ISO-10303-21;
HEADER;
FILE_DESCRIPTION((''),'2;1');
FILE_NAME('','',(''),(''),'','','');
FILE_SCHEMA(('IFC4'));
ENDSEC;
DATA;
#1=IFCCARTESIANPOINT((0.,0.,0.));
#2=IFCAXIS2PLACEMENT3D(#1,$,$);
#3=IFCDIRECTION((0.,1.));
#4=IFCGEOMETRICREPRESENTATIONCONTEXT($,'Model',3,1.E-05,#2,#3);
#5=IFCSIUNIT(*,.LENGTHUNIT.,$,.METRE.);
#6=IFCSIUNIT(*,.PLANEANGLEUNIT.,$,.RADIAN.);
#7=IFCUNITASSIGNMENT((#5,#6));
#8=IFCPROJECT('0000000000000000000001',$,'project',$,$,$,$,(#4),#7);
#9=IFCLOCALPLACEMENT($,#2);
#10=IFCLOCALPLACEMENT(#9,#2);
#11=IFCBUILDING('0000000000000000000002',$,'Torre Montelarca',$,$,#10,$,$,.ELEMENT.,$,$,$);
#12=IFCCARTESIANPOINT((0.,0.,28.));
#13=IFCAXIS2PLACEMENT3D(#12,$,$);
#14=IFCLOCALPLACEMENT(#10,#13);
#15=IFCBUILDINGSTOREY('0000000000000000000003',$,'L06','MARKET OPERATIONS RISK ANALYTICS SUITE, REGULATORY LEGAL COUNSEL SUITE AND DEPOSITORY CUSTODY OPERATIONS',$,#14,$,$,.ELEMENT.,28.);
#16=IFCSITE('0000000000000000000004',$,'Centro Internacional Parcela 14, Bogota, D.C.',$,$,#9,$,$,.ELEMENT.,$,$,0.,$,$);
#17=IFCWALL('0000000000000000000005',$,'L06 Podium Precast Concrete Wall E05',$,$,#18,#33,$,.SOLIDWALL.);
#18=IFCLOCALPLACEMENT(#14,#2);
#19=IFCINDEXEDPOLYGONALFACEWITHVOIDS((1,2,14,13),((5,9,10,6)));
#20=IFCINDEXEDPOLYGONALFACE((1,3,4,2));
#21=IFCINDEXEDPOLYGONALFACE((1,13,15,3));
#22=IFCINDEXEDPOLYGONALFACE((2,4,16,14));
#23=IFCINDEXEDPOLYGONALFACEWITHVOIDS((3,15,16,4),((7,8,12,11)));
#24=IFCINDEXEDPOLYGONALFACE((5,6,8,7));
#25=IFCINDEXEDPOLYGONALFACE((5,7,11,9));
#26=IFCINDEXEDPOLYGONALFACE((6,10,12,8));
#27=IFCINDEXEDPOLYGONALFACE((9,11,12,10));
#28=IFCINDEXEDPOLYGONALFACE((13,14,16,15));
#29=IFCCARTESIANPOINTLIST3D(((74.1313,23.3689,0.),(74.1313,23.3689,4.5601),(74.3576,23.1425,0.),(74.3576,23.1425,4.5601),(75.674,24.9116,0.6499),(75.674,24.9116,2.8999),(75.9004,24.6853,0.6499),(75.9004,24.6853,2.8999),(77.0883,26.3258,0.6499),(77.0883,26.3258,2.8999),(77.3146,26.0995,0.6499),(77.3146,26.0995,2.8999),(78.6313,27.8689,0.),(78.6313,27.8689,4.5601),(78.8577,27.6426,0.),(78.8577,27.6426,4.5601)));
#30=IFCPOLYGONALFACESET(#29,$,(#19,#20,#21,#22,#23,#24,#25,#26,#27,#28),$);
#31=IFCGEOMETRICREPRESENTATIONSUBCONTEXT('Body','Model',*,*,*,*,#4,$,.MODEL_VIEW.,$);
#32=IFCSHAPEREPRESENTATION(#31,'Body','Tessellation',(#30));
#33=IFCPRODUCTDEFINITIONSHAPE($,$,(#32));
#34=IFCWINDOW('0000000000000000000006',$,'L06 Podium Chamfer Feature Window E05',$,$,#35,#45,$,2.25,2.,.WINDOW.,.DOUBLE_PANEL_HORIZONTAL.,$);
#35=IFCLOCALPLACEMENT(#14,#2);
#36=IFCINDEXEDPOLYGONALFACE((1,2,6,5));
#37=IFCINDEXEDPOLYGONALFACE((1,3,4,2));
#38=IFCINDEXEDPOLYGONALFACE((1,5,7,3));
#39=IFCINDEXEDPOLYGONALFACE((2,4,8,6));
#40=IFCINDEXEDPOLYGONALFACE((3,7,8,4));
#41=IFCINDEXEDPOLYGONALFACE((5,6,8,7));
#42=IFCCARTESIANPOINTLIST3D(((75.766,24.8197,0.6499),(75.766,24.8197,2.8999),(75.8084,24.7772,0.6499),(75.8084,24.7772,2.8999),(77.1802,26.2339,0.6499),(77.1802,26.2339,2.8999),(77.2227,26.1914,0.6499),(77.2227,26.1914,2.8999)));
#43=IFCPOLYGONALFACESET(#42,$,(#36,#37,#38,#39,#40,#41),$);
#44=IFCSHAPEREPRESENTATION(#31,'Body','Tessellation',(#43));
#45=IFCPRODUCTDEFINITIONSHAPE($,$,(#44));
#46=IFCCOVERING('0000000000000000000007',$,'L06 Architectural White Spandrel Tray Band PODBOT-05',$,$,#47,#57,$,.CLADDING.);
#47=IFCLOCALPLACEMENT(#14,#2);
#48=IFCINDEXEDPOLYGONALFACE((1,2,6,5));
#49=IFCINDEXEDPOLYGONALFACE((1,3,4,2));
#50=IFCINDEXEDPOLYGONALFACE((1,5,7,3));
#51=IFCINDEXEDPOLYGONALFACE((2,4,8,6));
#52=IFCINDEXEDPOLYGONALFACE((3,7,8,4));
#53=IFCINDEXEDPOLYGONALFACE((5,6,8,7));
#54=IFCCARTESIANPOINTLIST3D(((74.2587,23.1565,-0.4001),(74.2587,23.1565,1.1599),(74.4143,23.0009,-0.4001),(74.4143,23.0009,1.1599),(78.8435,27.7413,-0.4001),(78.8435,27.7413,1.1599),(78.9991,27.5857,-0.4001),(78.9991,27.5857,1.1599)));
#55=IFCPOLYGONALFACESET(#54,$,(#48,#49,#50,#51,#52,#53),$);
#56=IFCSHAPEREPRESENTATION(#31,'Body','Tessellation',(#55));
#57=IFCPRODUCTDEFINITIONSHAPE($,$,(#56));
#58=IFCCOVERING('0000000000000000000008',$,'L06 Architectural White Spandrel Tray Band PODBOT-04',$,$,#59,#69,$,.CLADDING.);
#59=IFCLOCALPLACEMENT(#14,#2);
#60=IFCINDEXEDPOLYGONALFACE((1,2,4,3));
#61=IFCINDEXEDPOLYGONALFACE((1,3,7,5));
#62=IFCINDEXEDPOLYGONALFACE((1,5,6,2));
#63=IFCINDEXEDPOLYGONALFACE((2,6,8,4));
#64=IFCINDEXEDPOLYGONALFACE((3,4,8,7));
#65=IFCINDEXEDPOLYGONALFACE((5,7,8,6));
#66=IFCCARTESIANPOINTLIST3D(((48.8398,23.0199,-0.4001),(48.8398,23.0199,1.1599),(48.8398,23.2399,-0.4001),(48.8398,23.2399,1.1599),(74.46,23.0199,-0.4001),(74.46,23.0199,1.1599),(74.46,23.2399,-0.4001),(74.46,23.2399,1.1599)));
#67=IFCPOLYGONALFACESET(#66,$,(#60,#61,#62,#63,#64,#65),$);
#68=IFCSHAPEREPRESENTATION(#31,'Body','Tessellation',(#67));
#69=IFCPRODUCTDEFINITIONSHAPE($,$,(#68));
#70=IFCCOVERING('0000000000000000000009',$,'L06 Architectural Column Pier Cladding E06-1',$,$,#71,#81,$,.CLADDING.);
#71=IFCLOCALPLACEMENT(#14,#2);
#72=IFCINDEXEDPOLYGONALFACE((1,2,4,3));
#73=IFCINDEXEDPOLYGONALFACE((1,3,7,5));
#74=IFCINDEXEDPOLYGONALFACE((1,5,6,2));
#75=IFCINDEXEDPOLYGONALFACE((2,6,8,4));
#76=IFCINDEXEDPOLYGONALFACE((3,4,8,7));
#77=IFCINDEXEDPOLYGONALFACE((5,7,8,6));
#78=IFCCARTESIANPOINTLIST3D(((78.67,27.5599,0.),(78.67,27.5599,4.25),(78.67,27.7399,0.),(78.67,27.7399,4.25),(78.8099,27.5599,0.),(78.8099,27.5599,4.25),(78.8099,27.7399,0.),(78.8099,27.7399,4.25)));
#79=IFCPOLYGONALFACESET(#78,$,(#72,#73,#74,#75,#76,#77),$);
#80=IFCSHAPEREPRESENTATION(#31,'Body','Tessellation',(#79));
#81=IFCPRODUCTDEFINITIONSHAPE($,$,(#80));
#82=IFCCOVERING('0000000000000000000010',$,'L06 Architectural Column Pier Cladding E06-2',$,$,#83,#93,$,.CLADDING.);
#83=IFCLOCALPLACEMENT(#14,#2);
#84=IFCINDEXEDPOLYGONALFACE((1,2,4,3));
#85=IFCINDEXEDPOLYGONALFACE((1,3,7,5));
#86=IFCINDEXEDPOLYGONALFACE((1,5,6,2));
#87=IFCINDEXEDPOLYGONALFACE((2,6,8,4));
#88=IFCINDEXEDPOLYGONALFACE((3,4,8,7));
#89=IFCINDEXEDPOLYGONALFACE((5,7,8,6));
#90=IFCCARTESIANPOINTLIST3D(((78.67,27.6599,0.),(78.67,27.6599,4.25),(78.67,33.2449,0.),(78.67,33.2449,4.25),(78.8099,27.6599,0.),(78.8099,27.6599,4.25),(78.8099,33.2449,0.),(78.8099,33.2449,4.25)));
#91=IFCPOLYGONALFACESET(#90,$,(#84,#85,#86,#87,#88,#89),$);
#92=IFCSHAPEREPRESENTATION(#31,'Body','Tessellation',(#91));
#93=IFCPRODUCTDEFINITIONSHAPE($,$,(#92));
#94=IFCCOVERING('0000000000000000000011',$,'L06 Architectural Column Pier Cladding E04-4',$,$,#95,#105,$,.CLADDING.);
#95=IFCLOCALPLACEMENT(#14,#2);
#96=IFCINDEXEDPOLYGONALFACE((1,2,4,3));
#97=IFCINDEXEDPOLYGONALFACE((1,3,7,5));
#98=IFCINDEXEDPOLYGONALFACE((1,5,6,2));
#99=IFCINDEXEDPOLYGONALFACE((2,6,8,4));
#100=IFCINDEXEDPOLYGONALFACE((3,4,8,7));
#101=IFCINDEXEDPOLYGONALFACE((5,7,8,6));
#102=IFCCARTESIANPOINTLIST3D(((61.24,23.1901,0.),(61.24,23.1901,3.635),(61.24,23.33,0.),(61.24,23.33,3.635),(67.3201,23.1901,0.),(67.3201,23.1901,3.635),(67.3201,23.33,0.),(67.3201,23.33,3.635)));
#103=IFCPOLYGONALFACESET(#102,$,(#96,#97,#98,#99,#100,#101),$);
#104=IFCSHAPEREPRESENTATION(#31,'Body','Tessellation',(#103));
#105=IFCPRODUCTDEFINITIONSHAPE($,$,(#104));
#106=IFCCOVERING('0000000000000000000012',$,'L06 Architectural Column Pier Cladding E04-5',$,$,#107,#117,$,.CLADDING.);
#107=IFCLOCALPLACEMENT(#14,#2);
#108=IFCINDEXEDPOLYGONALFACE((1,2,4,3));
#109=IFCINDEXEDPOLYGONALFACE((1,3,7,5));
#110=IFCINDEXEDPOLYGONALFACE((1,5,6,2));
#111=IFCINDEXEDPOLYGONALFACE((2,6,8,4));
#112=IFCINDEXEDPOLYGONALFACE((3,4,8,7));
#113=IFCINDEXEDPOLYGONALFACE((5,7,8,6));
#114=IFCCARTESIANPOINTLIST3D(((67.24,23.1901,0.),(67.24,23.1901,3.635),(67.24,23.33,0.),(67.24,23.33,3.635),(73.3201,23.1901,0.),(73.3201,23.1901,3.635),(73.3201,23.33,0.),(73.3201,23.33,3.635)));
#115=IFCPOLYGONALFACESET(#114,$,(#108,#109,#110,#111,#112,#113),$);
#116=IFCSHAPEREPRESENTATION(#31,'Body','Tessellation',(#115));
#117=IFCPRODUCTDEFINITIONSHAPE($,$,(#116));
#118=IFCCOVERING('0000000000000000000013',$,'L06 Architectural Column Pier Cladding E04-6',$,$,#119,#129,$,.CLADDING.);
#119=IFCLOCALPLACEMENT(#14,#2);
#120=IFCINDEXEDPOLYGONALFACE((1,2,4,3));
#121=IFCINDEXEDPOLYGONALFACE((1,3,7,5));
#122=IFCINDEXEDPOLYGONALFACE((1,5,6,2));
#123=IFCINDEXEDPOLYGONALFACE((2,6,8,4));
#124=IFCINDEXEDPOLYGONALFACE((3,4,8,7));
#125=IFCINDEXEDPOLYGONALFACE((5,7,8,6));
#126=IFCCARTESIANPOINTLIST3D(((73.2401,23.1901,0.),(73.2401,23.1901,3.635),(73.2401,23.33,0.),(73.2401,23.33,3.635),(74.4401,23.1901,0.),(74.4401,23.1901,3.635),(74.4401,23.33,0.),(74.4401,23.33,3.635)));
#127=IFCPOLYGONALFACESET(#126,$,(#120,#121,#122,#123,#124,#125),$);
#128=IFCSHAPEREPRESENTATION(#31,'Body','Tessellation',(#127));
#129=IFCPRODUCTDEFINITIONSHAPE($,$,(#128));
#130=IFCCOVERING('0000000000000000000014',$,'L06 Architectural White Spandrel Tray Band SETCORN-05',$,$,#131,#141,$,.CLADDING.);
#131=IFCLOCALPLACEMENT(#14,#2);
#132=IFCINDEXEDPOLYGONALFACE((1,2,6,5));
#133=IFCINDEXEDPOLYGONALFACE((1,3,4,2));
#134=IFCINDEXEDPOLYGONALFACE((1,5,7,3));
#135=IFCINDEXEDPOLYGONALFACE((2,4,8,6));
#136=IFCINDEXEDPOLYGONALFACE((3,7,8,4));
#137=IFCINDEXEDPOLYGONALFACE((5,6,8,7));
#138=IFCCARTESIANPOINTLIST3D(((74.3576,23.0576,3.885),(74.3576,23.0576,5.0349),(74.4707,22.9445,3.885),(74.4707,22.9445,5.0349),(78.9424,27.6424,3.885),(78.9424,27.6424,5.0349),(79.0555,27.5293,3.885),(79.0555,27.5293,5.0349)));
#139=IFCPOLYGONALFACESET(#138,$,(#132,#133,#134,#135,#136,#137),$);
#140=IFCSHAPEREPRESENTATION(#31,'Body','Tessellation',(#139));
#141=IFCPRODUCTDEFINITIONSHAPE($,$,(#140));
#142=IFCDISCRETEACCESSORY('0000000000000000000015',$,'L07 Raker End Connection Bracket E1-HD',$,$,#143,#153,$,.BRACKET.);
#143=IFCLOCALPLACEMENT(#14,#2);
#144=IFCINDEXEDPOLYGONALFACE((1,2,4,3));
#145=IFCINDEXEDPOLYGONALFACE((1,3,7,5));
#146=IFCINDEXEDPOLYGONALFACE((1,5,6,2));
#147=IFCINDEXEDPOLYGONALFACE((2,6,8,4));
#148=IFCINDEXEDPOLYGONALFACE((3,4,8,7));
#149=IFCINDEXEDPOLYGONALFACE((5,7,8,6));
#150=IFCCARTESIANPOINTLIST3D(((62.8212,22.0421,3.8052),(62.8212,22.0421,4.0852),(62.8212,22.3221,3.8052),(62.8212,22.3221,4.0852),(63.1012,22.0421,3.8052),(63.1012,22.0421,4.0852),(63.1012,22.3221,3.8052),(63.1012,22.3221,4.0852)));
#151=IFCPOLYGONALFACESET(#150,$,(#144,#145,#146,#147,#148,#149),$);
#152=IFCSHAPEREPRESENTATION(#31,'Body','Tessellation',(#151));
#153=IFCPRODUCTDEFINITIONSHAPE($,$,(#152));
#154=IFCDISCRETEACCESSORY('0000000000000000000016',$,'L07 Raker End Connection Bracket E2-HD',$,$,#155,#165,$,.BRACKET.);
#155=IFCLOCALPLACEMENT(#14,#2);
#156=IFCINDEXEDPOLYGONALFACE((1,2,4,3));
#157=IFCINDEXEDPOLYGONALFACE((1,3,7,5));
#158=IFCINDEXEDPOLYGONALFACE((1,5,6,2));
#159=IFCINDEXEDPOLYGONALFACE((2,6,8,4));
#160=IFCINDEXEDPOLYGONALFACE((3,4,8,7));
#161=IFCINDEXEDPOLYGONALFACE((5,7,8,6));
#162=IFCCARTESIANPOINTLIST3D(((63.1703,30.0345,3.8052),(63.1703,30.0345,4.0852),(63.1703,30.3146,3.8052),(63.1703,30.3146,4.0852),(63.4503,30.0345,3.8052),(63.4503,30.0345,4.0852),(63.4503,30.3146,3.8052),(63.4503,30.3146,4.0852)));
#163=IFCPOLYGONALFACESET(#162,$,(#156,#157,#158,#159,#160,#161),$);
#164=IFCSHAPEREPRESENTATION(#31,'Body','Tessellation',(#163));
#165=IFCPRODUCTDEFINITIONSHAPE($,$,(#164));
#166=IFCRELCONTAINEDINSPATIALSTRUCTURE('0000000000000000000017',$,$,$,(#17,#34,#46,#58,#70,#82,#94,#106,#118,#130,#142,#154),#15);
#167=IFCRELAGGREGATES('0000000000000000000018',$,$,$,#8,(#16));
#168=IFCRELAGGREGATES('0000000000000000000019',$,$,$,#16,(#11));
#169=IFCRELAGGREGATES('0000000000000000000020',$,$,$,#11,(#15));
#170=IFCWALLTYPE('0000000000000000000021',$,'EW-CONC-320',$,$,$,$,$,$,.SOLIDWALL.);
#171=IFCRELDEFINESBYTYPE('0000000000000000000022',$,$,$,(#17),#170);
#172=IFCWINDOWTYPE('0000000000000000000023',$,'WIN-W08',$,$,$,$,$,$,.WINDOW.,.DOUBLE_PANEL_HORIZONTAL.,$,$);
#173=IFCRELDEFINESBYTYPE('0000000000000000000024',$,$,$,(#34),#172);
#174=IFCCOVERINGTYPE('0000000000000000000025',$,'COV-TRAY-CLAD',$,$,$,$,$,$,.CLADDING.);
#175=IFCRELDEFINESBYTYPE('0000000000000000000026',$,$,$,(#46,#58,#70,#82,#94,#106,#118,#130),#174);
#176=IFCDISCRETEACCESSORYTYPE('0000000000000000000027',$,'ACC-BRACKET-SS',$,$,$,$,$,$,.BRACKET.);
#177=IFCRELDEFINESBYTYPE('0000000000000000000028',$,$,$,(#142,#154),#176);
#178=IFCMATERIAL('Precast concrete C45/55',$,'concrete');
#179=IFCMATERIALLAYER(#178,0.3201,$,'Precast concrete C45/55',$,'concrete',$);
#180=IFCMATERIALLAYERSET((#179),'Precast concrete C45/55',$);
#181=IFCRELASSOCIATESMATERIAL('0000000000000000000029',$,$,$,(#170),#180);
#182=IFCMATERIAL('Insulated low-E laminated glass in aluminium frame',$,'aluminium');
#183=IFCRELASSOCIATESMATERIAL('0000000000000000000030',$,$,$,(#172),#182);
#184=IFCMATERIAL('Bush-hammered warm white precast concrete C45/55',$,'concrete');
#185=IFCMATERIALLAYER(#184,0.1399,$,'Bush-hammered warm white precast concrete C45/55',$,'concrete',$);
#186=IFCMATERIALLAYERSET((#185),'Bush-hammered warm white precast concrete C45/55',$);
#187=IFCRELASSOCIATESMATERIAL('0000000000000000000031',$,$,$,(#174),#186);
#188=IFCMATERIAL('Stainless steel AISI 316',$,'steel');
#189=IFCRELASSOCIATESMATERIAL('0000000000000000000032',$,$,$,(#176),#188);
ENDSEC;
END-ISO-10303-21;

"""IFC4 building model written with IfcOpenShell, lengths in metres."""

from ifc_helpers import new_model, si_unit, direction, frame, frame_2d, origin, origin_2d, place, context, subcontext, project, spatial, rectangle, extrude, source, transform, mapped, material, layer, layer_set, type_object, element, fill, save


model = new_model("IFC4")

# Units and contexts
model_context = context("Model", 3, precision=1e-05, world=origin(), true_north=direction((0.0, 1.0)))
body_context = subcontext(model_context, "Body", "Model", "MODEL_VIEW")
ifc_project = project(units=[si_unit("LENGTHUNIT", "METRE"), si_unit("PLANEANGLEUNIT", "RADIAN")], contexts=[model_context])

# Site, building, storey
site_placement = place(None, origin())
site = spatial("IfcSite", under=ifc_project, at=site_placement, Name="Centro Internacional Parcela 14, Bogota, D.C.", CompositionType="ELEMENT", RefElevation=0.0)
building_placement = place(site_placement, origin())
building = spatial("IfcBuilding", under=site, at=building_placement, Name="Torre Montelarca", CompositionType="ELEMENT")
storey_placement = place(building_placement, frame((0.0, 0.0, 28.0)))
storey = spatial("IfcBuildingStorey", under=building, at=storey_placement, Name="L06", Description="MARKET OPERATIONS RISK ANALYTICS SUITE, REGULATORY LEGAL COUNSEL SUITE AND DEPOSITORY CUSTODY OPERATIONS", CompositionType="ELEMENT", Elevation=28.0)

# Wall, opening, window
ifc_material_1 = material(Name="Precast concrete C45/55", Category="concrete")
ifc_layer_1 = layer(ifc_material_1, 0.3201, Name="Precast concrete C45/55", Category="concrete")
ifc_layer_set_1 = layer_set([ifc_layer_1], Name="Precast concrete C45/55")
wall_type = type_object("IfcWallType", Name="EW-CONC-320", PredefinedType="SOLIDWALL", material=ifc_layer_set_1)
wall_placement = place(storey_placement, frame((74.2444, 23.2556, 0.0), z_axis=(0.0, 0.0, 1.0), x_axis=(0.707107, 0.707107, 0.0)))
wall = element("IfcWall", 1, at=wall_placement, inside=storey, type_object=wall_type, Name="L06 Podium Precast Concrete Wall E05", PredefinedType="SOLIDWALL", context=body_context, shape_type="SweptSolid", body=[
    extrude(rectangle(XDim=6.364, YDim=0.3201, at=frame_2d((3.1821, 0.0))), origin(), (0.0, 0.0, 1.0), 4.5601),
])
opening_placement = place(wall_placement, frame((2.1819, 0.0, 0.6499)))
opening = element("IfcOpeningElement", 2, at=opening_placement, cuts=wall, PredefinedType="OPENING", context=body_context, shape_type="SweptSolid", body=[
    extrude(rectangle(XDim=2.0, YDim=2.25, at=frame_2d((1.0, 1.125))), frame((0.0, 0.1699, 0.0), z_axis=(0.0, -1.0, 0.0), x_axis=(1.0, 0.0, 0.0)), (0.0, 0.0, 1.0), 0.3401),
])
ifc_material_2 = material(Name="Insulated low-E laminated glass in aluminium frame", Category="aluminium")
window_type = type_object("IfcWindowType", Name="WIN-W08", PartitioningType="DOUBLE_PANEL_HORIZONTAL", PredefinedType="WINDOW", material=ifc_material_2)
shared_shape_1 = source(origin(), body_context, "Body", "SweptSolid", [
    extrude(rectangle(XDim=2.0, YDim=2.25, at=frame_2d((1.0, 1.125))), frame((0.0, 0.03, 0.0), z_axis=(0.0, -1.0, 0.0), x_axis=(1.0, 0.0, 0.0)), (0.0, 0.0, 1.0), 0.0601),
])
window_placement = place(opening_placement, origin())
window = element("IfcWindow", 3, at=window_placement, inside=storey, type_object=window_type, Name="L06 Podium Chamfer Feature Window E05", OverallHeight=2.25, OverallWidth=2.0, PartitioningType="DOUBLE_PANEL_HORIZONTAL", PredefinedType="WINDOW", context=body_context, shape_type="MappedRepresentation", body=[
    mapped(shared_shape_1, transform((0.0, 0.0, 0.0), scale=1.0)),
])
fill(opening, window)

# Coverings
ifc_material_3 = material(Name="Bush-hammered warm white precast concrete C45/55", Category="concrete")
ifc_layer_2 = layer(ifc_material_3, 0.1399, Name="Bush-hammered warm white precast concrete C45/55", Category="concrete")
ifc_layer_set_2 = layer_set([ifc_layer_2], Name="Bush-hammered warm white precast concrete C45/55")
covering_type = type_object("IfcCoveringType", Name="COV-TRAY-CLAD", PredefinedType="CLADDING", material=ifc_layer_set_2)
shared_shape_2 = source(origin(), body_context, "Body", "SweptSolid", [
    extrude(rectangle(XDim=6.4839, YDim=0.22, at=origin_2d()), origin(), (0.0, 0.0, 1.0), 1.5601),
])
covering_1_placement = place(storey_placement, frame((76.6289, 25.3711, -0.4001), z_axis=(0.0, 0.0, 1.0), x_axis=(0.707107, 0.707107, 0.0)))
element("IfcCovering", 4, at=covering_1_placement, inside=storey, type_object=covering_type, Name="L06 Architectural White Spandrel Tray Band PODBOT-05", PredefinedType="CLADDING", context=body_context, shape_type="MappedRepresentation", body=[
    mapped(shared_shape_2, transform((0.0, 0.0, 0.0), scale=1.0)),
])
shared_shape_3 = source(origin(), body_context, "Body", "SweptSolid", [
    extrude(rectangle(XDim=25.6201, YDim=0.22, at=origin_2d()), origin(), (0.0, 0.0, 1.0), 1.5601),
])
covering_2_placement = place(storey_placement, frame((61.6499, 23.1299, -0.4001), z_axis=(0.0, 0.0, 1.0), x_axis=(1.0, 0.0, 0.0)))
element("IfcCovering", 5, at=covering_2_placement, inside=storey, type_object=covering_type, Name="L06 Architectural White Spandrel Tray Band PODBOT-04", PredefinedType="CLADDING", context=body_context, shape_type="MappedRepresentation", body=[
    mapped(shared_shape_3, transform((0.0, 0.0, 0.0), scale=1.0)),
])
shared_shape_4 = source(origin(), body_context, "Body", "SweptSolid", [
    extrude(rectangle(XDim=0.1799, YDim=0.1399, at=origin_2d()), origin(), (0.0, 0.0, 1.0), 4.25),
])
covering_3_placement = place(storey_placement, frame((78.74, 27.6499, 0.0), z_axis=(0.0, 0.0, 1.0), x_axis=(0.0, 1.0, 0.0)))
element("IfcCovering", 6, at=covering_3_placement, inside=storey, type_object=covering_type, Name="L06 Architectural Column Pier Cladding E06-1", PredefinedType="CLADDING", context=body_context, shape_type="MappedRepresentation", body=[
    mapped(shared_shape_4, transform((0.0, 0.0, 0.0), scale=1.0)),
])
shared_shape_5 = source(origin(), body_context, "Body", "SweptSolid", [
    extrude(rectangle(XDim=5.585, YDim=0.1399, at=origin_2d()), origin(), (0.0, 0.0, 1.0), 4.25),
])
covering_4_placement = place(storey_placement, frame((78.74, 30.4524, 0.0), z_axis=(0.0, 0.0, 1.0), x_axis=(0.0, 1.0, 0.0)))
element("IfcCovering", 7, at=covering_4_placement, inside=storey, type_object=covering_type, Name="L06 Architectural Column Pier Cladding E06-2", PredefinedType="CLADDING", context=body_context, shape_type="MappedRepresentation", body=[
    mapped(shared_shape_5, transform((0.0, 0.0, 0.0), scale=1.0)),
])
shared_shape_6 = source(origin(), body_context, "Body", "SweptSolid", [
    extrude(rectangle(XDim=6.0801, YDim=0.1399, at=origin_2d()), origin(), (0.0, 0.0, 1.0), 3.635),
])
for number, where, z_axis, x_axis, name in (
    (8, (64.28, 23.26, 0.0), (0.0, 0.0, 1.0), (1.0, 0.0, 0.0), "L06 Architectural Column Pier Cladding E04-4"),
    (9, (70.28, 23.26, 0.0), (0.0, 0.0, 1.0), (1.0, 0.0, 0.0), "L06 Architectural Column Pier Cladding E04-5"),
):
    element("IfcCovering", number, at=place(storey_placement, frame(where, z_axis=z_axis, x_axis=x_axis)), inside=storey, type_object=covering_type, Name=name, PredefinedType="CLADDING", context=body_context, shape_type="MappedRepresentation", body=[
        mapped(shared_shape_6, transform((0.0, 0.0, 0.0), scale=1.0)),
    ])
shared_shape_7 = source(origin(), body_context, "Body", "SweptSolid", [
    extrude(rectangle(XDim=1.2, YDim=0.1399, at=origin_2d()), origin(), (0.0, 0.0, 1.0), 3.635),
])
covering_5_placement = place(storey_placement, frame((73.8401, 23.26, 0.0), z_axis=(0.0, 0.0, 1.0), x_axis=(1.0, 0.0, 0.0)))
element("IfcCovering", 10, at=covering_5_placement, inside=storey, type_object=covering_type, Name="L06 Architectural Column Pier Cladding E04-6", PredefinedType="CLADDING", context=body_context, shape_type="MappedRepresentation", body=[
    mapped(shared_shape_7, transform((0.0, 0.0, 0.0), scale=1.0)),
])
shared_shape_8 = source(origin(), body_context, "Body", "SweptSolid", [
    extrude(rectangle(XDim=6.4839, YDim=0.1599, at=origin_2d()), origin(), (0.0, 0.0, 1.0), 1.1499),
])
covering_6_placement = place(storey_placement, frame((76.7065, 25.2935, 3.885), z_axis=(0.0, 0.0, 1.0), x_axis=(0.707107, 0.707107, 0.0)))
element("IfcCovering", 11, at=covering_6_placement, inside=storey, type_object=covering_type, Name="L06 Architectural White Spandrel Tray Band SETCORN-05", PredefinedType="CLADDING", context=body_context, shape_type="MappedRepresentation", body=[
    mapped(shared_shape_8, transform((0.0, 0.0, 0.0), scale=1.0)),
])

# Discrete accessories
ifc_material_4 = material(Name="Stainless steel AISI 316", Category="steel")
discrete_accessory_type = type_object("IfcDiscreteAccessoryType", Name="ACC-BRACKET-SS", PredefinedType="BRACKET", material=ifc_material_4)
shared_shape_9 = source(origin(), body_context, "Body", "SweptSolid", [
    extrude(rectangle(XDim=0.28, YDim=0.28, at=origin_2d()), origin(), (0.0, 0.0, 1.0), 0.28),
])
for number, where, z_axis, x_axis, name in (
    (12, (62.9612, 22.1821, 3.8052), (0.0, 0.0, 1.0), (1.0, 0.0, 0.0), "L07 Raker End Connection Bracket E1-HD"),
    (13, (63.3103, 30.1746, 3.8052), (0.0, 0.0, 1.0), (1.0, 0.0, 0.0), "L07 Raker End Connection Bracket E2-HD"),
):
    element("IfcDiscreteAccessory", number, at=place(storey_placement, frame(where, z_axis=z_axis, x_axis=x_axis)), inside=storey, type_object=discrete_accessory_type, Name=name, PredefinedType="BRACKET", context=body_context, shape_type="MappedRepresentation", body=[
        mapped(shared_shape_9, transform((0.0, 0.0, 0.0), scale=1.0)),
    ])

save(model, "model.ifc")
